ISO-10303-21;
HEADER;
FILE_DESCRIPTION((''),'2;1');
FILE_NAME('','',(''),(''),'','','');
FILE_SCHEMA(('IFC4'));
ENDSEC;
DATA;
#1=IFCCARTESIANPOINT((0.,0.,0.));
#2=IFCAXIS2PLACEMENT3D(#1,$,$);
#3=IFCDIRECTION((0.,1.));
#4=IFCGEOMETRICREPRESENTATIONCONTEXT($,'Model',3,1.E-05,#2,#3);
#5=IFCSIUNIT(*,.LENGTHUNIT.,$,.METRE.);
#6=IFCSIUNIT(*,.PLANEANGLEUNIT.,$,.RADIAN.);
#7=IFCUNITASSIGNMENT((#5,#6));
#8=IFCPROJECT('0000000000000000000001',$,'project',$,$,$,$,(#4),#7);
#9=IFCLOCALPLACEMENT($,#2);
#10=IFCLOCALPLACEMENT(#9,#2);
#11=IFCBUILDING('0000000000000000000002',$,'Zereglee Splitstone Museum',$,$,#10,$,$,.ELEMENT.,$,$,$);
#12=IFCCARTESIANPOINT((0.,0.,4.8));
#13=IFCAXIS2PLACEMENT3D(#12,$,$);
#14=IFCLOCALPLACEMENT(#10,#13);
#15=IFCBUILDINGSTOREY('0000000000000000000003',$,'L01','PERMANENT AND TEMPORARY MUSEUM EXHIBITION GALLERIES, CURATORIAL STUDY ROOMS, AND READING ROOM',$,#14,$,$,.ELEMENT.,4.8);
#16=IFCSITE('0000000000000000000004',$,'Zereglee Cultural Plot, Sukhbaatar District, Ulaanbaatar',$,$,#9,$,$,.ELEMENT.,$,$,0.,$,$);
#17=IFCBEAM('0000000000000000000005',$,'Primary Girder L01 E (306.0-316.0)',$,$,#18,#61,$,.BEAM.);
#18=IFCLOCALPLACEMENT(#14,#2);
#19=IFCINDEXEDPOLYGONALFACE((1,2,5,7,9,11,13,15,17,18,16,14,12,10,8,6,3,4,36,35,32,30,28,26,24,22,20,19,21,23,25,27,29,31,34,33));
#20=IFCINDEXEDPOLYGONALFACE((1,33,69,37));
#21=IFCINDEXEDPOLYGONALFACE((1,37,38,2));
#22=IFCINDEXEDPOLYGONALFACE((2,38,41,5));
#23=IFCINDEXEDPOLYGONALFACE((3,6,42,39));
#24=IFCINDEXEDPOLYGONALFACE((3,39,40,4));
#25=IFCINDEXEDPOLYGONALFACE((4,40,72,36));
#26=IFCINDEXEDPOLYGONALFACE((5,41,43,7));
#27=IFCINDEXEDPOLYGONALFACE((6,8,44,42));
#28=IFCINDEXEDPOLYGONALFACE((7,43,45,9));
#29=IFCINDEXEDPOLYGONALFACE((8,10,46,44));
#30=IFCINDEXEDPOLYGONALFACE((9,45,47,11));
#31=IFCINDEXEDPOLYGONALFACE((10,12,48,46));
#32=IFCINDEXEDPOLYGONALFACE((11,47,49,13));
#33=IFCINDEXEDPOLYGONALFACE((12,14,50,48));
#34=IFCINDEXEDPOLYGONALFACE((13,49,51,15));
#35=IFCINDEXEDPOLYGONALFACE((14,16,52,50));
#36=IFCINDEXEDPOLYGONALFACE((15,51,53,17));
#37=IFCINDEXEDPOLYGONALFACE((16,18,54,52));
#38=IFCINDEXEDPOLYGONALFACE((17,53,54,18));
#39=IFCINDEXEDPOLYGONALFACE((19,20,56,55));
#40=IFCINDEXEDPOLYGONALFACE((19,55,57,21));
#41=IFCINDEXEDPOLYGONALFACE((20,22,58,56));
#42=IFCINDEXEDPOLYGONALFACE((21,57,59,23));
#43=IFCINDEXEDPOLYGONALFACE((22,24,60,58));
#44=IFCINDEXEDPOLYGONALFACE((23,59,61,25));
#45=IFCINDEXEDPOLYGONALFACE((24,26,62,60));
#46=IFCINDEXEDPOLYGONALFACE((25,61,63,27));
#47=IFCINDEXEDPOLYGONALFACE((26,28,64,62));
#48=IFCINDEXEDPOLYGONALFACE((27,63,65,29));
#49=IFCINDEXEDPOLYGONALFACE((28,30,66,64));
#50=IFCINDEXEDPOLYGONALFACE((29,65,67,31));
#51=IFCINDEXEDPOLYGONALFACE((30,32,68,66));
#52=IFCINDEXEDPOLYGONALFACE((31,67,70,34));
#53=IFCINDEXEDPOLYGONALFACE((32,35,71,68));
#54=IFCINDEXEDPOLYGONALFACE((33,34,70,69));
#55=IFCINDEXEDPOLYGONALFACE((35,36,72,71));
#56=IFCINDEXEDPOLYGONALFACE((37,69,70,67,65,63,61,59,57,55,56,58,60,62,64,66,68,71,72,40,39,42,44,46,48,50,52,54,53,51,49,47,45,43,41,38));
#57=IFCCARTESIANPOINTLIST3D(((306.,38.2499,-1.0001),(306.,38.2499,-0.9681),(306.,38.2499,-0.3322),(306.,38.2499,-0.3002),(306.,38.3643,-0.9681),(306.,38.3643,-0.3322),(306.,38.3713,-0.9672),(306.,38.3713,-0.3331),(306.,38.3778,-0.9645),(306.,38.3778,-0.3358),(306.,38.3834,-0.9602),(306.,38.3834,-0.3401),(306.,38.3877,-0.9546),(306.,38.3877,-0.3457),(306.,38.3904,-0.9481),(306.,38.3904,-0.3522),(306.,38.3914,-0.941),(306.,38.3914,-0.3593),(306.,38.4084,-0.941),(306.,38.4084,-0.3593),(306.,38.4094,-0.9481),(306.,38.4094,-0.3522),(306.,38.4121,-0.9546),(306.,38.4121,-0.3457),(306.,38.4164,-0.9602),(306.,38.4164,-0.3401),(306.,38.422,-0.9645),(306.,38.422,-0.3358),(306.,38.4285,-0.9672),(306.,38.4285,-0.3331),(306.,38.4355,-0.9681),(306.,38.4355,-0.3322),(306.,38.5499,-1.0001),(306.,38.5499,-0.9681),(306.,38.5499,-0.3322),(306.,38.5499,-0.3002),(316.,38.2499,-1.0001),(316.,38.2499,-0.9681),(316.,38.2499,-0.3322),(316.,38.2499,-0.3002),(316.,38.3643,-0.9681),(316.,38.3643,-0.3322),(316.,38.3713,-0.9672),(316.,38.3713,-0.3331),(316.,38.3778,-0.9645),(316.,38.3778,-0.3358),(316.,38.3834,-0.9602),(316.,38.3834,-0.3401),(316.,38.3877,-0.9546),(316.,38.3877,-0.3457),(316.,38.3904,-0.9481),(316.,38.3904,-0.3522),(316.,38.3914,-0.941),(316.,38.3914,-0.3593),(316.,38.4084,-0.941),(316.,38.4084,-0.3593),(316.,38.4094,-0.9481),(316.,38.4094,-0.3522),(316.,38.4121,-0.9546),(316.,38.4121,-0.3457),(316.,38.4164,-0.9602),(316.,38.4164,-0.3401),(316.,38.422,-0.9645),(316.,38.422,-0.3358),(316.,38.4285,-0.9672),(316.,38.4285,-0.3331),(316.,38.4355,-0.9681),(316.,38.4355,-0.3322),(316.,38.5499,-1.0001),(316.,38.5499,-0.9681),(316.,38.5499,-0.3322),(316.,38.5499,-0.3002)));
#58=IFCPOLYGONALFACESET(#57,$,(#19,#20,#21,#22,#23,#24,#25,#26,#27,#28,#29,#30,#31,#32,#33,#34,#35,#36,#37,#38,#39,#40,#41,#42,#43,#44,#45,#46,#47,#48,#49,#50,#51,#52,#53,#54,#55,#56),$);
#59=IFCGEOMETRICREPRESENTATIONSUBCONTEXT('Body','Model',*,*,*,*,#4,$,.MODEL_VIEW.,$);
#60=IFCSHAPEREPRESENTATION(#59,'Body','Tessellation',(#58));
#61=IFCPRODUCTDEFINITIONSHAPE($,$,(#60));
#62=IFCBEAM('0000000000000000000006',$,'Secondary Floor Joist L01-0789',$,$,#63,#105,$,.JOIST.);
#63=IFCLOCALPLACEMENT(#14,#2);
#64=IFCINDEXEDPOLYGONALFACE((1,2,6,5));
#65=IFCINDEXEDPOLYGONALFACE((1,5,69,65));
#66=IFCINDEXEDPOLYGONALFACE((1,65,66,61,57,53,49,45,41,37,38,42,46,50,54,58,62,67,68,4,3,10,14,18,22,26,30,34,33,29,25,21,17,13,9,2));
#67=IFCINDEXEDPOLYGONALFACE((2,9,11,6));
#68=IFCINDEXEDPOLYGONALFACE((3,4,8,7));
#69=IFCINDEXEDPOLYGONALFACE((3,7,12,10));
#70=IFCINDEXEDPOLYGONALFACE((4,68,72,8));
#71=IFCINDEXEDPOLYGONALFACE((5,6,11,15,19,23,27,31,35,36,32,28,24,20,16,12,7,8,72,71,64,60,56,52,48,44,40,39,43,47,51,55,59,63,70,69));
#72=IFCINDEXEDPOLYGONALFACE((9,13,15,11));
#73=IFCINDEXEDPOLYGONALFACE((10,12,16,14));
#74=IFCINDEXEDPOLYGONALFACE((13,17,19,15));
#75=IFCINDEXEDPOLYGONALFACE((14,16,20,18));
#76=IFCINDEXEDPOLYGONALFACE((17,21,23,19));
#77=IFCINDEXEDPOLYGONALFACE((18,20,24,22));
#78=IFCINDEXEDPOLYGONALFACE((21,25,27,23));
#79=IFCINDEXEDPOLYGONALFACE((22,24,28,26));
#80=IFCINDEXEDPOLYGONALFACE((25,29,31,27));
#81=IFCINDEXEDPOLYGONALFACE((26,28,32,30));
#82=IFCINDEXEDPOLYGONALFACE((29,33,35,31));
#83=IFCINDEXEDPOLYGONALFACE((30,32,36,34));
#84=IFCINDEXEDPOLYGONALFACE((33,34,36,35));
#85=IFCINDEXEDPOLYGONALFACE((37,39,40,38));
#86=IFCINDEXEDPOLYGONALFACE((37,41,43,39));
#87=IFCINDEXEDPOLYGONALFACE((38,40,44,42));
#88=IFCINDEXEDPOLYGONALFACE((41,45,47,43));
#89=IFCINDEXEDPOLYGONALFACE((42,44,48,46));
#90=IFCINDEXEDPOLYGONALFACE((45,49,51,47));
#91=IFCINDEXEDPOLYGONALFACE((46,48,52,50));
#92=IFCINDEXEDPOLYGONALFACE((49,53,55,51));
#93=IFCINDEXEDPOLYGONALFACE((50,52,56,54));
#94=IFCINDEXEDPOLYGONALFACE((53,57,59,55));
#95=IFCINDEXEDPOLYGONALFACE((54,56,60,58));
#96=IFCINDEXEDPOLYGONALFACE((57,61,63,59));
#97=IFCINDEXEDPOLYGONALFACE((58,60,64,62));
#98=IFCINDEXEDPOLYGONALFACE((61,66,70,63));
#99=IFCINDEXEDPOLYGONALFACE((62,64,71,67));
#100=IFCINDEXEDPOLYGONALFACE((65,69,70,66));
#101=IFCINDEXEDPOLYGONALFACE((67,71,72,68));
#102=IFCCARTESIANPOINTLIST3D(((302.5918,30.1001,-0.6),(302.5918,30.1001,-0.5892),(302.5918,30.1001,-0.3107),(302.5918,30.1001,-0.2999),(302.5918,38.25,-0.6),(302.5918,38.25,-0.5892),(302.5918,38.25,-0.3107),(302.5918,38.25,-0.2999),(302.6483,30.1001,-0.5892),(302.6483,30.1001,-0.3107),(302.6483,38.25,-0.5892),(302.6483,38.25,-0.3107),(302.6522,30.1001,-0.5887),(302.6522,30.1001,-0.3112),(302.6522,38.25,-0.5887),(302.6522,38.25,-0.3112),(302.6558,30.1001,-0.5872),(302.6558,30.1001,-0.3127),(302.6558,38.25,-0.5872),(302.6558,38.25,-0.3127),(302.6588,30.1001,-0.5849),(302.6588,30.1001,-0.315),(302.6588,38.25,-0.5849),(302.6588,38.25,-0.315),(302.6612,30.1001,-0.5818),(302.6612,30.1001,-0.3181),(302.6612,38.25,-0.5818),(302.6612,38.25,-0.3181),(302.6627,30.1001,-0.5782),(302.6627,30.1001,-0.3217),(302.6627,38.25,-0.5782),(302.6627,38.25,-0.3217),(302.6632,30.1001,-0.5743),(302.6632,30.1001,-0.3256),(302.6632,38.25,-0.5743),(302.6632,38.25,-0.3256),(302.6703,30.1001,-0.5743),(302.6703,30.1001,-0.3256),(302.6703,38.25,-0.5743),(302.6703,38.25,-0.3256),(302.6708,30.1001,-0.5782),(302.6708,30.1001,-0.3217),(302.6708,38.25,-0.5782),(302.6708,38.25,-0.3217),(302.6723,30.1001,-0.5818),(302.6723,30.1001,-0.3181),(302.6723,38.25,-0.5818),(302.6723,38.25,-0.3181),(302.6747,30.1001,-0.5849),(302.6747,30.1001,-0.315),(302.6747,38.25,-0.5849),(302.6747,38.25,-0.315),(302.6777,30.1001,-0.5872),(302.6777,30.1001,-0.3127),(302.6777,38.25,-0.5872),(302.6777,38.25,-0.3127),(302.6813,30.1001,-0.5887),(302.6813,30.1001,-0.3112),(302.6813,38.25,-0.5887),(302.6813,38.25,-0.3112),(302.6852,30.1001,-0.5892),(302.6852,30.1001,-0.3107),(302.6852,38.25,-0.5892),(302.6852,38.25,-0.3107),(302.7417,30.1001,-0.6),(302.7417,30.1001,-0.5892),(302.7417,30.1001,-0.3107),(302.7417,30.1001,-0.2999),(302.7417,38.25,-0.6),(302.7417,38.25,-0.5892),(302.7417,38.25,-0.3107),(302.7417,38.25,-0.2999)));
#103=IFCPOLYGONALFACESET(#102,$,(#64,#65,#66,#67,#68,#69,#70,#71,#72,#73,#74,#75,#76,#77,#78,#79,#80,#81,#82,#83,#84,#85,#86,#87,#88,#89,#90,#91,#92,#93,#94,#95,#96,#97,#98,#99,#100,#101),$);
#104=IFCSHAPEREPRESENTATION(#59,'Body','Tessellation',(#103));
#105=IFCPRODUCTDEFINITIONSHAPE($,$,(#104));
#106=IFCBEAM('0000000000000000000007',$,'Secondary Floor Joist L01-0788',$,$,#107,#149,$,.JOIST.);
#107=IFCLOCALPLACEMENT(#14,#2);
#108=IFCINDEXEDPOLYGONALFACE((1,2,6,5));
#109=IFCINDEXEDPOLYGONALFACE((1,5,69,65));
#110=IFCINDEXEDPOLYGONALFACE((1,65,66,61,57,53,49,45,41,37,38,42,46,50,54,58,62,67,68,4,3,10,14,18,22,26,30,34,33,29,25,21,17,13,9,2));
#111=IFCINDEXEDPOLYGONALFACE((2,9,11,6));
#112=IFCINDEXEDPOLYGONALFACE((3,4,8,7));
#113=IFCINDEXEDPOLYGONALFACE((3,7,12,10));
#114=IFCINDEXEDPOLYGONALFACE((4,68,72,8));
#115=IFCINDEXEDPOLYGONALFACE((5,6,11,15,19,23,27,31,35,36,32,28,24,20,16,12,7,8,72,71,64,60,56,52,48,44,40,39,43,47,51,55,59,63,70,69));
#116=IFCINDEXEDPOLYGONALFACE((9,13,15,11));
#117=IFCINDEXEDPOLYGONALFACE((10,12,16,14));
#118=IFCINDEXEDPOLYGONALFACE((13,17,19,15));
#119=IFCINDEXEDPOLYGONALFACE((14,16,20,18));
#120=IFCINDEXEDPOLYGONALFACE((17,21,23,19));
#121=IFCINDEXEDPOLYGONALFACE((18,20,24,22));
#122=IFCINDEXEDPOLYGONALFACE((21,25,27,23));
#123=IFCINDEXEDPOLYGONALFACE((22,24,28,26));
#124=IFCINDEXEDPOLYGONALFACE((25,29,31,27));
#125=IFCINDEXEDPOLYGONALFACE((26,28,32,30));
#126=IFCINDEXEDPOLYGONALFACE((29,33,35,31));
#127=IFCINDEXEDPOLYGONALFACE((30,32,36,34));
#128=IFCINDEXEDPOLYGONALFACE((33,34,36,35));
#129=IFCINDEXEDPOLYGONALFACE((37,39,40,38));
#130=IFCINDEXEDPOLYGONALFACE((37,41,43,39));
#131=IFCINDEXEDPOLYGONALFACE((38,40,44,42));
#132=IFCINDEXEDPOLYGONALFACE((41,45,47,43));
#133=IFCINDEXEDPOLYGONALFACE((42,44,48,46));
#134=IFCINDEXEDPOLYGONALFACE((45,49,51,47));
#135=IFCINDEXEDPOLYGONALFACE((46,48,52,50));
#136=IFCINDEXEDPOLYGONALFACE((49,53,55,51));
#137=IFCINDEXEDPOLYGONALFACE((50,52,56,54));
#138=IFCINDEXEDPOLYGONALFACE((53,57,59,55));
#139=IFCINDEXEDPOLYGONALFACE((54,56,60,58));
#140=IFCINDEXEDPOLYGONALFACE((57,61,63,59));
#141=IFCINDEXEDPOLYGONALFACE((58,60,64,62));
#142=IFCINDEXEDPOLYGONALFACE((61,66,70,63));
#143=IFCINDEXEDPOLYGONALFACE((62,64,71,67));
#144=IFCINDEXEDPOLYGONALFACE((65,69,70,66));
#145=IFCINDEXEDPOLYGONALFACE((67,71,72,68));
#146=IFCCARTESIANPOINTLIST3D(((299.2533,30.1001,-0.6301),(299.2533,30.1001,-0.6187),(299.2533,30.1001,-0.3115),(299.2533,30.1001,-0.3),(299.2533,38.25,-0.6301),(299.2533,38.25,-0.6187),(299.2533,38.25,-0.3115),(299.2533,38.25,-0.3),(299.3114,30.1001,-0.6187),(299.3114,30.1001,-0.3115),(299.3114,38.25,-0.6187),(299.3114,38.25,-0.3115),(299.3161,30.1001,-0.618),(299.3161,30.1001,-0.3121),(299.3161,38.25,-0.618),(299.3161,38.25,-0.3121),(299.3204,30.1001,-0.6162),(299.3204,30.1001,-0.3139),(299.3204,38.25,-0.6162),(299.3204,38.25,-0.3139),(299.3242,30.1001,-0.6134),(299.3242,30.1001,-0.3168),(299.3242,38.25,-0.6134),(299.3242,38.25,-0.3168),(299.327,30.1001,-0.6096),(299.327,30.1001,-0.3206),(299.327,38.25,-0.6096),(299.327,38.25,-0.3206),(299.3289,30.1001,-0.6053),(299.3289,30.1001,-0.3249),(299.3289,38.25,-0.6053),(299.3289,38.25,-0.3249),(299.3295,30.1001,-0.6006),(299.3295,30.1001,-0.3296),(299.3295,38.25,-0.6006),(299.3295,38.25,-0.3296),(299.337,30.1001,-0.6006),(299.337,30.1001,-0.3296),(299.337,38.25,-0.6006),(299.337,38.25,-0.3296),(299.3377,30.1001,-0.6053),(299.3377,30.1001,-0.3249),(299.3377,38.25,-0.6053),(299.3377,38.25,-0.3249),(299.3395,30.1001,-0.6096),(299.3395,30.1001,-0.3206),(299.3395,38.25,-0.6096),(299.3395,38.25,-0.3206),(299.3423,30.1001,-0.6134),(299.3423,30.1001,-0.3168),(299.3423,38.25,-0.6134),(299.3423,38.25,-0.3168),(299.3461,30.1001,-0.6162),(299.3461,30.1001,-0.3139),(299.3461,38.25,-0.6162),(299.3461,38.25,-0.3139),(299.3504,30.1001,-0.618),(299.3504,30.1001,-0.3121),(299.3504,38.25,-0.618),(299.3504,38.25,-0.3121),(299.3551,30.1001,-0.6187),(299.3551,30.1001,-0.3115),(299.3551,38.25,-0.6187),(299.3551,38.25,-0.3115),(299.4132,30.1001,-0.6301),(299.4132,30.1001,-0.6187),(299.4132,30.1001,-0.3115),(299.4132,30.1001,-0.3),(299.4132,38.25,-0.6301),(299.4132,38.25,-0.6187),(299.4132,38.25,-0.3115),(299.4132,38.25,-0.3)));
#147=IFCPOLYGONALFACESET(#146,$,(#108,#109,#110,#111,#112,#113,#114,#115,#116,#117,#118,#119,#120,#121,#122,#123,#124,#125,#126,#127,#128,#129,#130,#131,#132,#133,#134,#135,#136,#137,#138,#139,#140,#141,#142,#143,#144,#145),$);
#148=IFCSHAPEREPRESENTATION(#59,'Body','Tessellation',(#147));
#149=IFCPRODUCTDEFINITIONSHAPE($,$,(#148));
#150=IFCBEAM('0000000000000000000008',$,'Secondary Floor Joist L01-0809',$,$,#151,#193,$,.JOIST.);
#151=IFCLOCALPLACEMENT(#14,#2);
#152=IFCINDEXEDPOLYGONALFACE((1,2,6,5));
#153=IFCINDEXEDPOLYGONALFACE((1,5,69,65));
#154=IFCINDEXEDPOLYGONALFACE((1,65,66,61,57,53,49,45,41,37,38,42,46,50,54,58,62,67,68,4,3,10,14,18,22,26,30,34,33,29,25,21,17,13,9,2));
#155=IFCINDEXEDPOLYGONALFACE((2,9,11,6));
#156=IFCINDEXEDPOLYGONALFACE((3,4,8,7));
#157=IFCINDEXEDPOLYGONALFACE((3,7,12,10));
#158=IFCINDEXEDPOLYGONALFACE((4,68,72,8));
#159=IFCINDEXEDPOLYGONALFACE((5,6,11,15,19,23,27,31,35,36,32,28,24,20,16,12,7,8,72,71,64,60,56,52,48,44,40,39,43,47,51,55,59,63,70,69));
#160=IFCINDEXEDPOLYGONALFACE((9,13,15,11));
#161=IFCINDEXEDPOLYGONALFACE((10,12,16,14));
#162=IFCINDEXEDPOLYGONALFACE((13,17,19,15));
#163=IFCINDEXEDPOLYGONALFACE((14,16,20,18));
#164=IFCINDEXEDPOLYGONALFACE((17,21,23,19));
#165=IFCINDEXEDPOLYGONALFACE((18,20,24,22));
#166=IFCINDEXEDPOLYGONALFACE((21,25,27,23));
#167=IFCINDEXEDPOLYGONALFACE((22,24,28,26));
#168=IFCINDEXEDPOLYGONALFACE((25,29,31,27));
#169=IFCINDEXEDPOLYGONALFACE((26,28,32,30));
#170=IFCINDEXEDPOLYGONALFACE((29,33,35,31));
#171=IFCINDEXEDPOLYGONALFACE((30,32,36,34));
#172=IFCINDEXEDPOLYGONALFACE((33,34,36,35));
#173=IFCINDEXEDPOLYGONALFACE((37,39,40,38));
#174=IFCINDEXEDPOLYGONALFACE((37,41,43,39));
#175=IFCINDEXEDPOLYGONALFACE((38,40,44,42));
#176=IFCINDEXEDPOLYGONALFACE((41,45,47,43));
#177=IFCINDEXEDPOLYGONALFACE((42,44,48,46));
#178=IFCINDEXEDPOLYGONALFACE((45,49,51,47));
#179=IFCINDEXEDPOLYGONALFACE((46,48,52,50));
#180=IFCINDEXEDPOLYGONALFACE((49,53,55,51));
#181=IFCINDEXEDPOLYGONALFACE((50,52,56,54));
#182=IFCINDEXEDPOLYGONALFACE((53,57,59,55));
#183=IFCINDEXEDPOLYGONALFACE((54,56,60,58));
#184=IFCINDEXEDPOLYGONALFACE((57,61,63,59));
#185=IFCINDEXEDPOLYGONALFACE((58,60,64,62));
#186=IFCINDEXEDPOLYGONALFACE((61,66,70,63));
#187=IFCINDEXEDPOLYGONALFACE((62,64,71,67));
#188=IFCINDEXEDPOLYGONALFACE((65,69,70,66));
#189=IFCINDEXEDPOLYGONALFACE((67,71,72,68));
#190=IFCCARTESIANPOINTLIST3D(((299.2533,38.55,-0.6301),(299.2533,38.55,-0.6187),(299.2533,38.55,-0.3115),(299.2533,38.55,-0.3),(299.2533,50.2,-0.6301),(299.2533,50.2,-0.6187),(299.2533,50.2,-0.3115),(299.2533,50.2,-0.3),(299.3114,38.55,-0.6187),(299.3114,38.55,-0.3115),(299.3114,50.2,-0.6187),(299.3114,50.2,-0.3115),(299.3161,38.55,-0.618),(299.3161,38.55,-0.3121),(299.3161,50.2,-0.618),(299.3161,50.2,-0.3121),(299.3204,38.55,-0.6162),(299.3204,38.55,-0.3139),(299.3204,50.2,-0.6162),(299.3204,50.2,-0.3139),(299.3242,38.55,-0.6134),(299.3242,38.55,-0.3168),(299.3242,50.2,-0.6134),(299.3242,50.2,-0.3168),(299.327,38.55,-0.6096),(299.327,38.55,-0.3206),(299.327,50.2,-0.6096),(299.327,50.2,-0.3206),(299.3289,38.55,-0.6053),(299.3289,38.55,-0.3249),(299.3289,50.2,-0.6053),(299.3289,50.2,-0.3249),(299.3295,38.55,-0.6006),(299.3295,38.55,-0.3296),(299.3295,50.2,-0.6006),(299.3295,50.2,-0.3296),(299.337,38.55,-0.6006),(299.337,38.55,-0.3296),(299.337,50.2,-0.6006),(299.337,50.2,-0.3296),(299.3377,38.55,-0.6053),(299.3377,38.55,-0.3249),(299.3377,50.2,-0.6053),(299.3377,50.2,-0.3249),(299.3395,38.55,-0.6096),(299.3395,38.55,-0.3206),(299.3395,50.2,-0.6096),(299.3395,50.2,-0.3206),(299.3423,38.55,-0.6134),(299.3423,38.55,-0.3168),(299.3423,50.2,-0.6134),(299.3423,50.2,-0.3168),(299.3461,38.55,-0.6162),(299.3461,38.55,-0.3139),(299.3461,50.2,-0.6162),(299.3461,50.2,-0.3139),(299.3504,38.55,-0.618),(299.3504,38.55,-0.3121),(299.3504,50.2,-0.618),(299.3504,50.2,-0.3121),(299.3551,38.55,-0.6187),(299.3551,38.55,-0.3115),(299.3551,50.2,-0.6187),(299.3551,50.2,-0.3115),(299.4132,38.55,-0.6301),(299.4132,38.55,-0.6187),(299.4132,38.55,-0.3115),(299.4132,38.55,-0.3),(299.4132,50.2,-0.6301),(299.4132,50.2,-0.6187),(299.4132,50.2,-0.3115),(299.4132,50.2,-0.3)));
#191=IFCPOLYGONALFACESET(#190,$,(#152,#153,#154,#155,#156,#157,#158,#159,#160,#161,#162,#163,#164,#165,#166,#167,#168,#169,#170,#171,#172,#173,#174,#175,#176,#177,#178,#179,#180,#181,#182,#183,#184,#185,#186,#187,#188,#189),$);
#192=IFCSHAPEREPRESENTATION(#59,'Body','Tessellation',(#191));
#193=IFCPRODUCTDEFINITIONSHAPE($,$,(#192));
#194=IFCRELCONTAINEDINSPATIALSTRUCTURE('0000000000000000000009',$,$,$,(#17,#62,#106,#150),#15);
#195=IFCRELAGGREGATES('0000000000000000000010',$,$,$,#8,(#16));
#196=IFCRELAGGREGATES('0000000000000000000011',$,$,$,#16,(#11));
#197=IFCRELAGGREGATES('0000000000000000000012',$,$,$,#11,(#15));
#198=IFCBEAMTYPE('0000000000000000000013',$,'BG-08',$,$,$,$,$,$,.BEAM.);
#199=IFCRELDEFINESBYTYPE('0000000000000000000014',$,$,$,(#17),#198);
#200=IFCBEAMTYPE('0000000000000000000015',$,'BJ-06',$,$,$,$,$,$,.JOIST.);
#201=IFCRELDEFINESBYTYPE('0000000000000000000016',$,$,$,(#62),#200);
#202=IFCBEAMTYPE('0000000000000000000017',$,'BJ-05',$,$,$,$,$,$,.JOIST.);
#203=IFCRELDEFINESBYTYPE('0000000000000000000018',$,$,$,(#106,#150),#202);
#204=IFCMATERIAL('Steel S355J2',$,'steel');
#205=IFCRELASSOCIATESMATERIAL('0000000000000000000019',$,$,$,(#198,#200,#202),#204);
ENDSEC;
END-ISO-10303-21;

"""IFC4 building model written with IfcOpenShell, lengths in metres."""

from ifc_helpers import new_model, si_unit, direction, frame, origin, origin_2d, place, context, subcontext, project, spatial, i_section, extrude, material, material_profile, profile_set, type_object, element, save


model = new_model("IFC4")

# Units and contexts
model_context = context("Model", 3, precision=1e-05, world=origin(), true_north=direction((0.0, 1.0)))
body_context = subcontext(model_context, "Body", "Model", "MODEL_VIEW")
ifc_project = project(units=[si_unit("LENGTHUNIT", "METRE"), si_unit("PLANEANGLEUNIT", "RADIAN")], contexts=[model_context])

# Site, building, storey
site_placement = place(None, origin())
site = spatial("IfcSite", under=ifc_project, at=site_placement, Name="Zereglee Cultural Plot, Sukhbaatar District, Ulaanbaatar", CompositionType="ELEMENT", RefElevation=0.0)
building_placement = place(site_placement, origin())
building = spatial("IfcBuilding", under=site, at=building_placement, Name="Zereglee Splitstone Museum", CompositionType="ELEMENT")
storey_placement = place(building_placement, frame((0.0, 0.0, 4.8)))
storey = spatial("IfcBuildingStorey", under=building, at=storey_placement, Name="L01", Description="PERMANENT AND TEMPORARY MUSEUM EXHIBITION GALLERIES, CURATORIAL STUDY ROOMS, AND READING ROOM", CompositionType="ELEMENT", Elevation=4.8)

# Beams
ifc_material_1 = material(Name="Steel S355J2", Category="steel")
ifc_material_profile_1 = material_profile(ifc_material_1, i_section(OverallWidth=0.3, OverallDepth=0.7, WebThickness=0.0171, FlangeThickness=0.032, FilletRadius=0.0271, at=origin_2d()), Name="HE 700 B")
ifc_profile_set_1 = profile_set([ifc_material_profile_1], Name="Steel S355J2")
beam_type_1 = type_object("IfcBeamType", Name="BG-08", PredefinedType="BEAM", material=ifc_profile_set_1)
beam_1_placement = place(storey_placement, frame((306.0, 38.3999, -0.6501), z_axis=(1.0, 0.0, 0.0), x_axis=(0.0, 1.0, 0.0)))
element("IfcBeam", 1, at=beam_1_placement, inside=storey, type_object=beam_type_1, Name="Primary Girder L01 E (306.0-316.0)", PredefinedType="BEAM", context=body_context, shape_type="SweptSolid", body=[
    extrude(i_section(OverallWidth=0.3, OverallDepth=0.7, WebThickness=0.0171, FlangeThickness=0.032, FilletRadius=0.0271, at=origin_2d()), origin(), (0.0, 0.0, 1.0), 10.0),
])
ifc_material_profile_2 = material_profile(ifc_material_1, i_section(OverallWidth=0.1499, OverallDepth=0.3, WebThickness=0.0071, FlangeThickness=0.0107, FilletRadius=0.0149, at=origin_2d()), Name="IPE 300")
ifc_profile_set_2 = profile_set([ifc_material_profile_2], Name="Steel S355J2")
beam_type_2 = type_object("IfcBeamType", Name="BJ-06", PredefinedType="JOIST", material=ifc_profile_set_2)
beam_2_placement = place(storey_placement, frame((302.6667, 30.1001, -0.45), z_axis=(0.0, 1.0, 0.0), x_axis=(-1.0, 0.0, 0.0)))
element("IfcBeam", 2, at=beam_2_placement, inside=storey, type_object=beam_type_2, Name="Secondary Floor Joist L01-0789", PredefinedType="JOIST", context=body_context, shape_type="SweptSolid", body=[
    extrude(i_section(OverallWidth=0.1499, OverallDepth=0.3, WebThickness=0.0071, FlangeThickness=0.0107, FilletRadius=0.0149, at=origin_2d()), origin(), (0.0, 0.0, 1.0), 8.1499),
])
ifc_material_profile_3 = material_profile(ifc_material_1, i_section(OverallWidth=0.1599, OverallDepth=0.3301, WebThickness=0.0076, FlangeThickness=0.0115, FilletRadius=0.0181, at=origin_2d()), Name="IPE 330")
ifc_profile_set_3 = profile_set([ifc_material_profile_3], Name="Steel S355J2")
beam_type_3 = type_object("IfcBeamType", Name="BJ-05", PredefinedType="JOIST", material=ifc_profile_set_3)
beam_3_placement = place(storey_placement, frame((299.3333, 30.1001, -0.4651), z_axis=(0.0, 1.0, 0.0), x_axis=(-1.0, 0.0, 0.0)))
element("IfcBeam", 3, at=beam_3_placement, inside=storey, type_object=beam_type_3, Name="Secondary Floor Joist L01-0788", PredefinedType="JOIST", context=body_context, shape_type="SweptSolid", body=[
    extrude(i_section(OverallWidth=0.1599, OverallDepth=0.3301, WebThickness=0.0076, FlangeThickness=0.0115, FilletRadius=0.0181, at=origin_2d()), origin(), (0.0, 0.0, 1.0), 8.1499),
])
beam_4_placement = place(storey_placement, frame((299.3333, 38.55, -0.4651), z_axis=(0.0, 1.0, 0.0), x_axis=(-1.0, 0.0, 0.0)))
element("IfcBeam", 4, at=beam_4_placement, inside=storey, type_object=beam_type_3, Name="Secondary Floor Joist L01-0809", PredefinedType="JOIST", context=body_context, shape_type="SweptSolid", body=[
    extrude(i_section(OverallWidth=0.1599, OverallDepth=0.3301, WebThickness=0.0076, FlangeThickness=0.0115, FilletRadius=0.0181, at=origin_2d()), origin(), (0.0, 0.0, 1.0), 11.6499),
])

save(model, "model.ifc")
